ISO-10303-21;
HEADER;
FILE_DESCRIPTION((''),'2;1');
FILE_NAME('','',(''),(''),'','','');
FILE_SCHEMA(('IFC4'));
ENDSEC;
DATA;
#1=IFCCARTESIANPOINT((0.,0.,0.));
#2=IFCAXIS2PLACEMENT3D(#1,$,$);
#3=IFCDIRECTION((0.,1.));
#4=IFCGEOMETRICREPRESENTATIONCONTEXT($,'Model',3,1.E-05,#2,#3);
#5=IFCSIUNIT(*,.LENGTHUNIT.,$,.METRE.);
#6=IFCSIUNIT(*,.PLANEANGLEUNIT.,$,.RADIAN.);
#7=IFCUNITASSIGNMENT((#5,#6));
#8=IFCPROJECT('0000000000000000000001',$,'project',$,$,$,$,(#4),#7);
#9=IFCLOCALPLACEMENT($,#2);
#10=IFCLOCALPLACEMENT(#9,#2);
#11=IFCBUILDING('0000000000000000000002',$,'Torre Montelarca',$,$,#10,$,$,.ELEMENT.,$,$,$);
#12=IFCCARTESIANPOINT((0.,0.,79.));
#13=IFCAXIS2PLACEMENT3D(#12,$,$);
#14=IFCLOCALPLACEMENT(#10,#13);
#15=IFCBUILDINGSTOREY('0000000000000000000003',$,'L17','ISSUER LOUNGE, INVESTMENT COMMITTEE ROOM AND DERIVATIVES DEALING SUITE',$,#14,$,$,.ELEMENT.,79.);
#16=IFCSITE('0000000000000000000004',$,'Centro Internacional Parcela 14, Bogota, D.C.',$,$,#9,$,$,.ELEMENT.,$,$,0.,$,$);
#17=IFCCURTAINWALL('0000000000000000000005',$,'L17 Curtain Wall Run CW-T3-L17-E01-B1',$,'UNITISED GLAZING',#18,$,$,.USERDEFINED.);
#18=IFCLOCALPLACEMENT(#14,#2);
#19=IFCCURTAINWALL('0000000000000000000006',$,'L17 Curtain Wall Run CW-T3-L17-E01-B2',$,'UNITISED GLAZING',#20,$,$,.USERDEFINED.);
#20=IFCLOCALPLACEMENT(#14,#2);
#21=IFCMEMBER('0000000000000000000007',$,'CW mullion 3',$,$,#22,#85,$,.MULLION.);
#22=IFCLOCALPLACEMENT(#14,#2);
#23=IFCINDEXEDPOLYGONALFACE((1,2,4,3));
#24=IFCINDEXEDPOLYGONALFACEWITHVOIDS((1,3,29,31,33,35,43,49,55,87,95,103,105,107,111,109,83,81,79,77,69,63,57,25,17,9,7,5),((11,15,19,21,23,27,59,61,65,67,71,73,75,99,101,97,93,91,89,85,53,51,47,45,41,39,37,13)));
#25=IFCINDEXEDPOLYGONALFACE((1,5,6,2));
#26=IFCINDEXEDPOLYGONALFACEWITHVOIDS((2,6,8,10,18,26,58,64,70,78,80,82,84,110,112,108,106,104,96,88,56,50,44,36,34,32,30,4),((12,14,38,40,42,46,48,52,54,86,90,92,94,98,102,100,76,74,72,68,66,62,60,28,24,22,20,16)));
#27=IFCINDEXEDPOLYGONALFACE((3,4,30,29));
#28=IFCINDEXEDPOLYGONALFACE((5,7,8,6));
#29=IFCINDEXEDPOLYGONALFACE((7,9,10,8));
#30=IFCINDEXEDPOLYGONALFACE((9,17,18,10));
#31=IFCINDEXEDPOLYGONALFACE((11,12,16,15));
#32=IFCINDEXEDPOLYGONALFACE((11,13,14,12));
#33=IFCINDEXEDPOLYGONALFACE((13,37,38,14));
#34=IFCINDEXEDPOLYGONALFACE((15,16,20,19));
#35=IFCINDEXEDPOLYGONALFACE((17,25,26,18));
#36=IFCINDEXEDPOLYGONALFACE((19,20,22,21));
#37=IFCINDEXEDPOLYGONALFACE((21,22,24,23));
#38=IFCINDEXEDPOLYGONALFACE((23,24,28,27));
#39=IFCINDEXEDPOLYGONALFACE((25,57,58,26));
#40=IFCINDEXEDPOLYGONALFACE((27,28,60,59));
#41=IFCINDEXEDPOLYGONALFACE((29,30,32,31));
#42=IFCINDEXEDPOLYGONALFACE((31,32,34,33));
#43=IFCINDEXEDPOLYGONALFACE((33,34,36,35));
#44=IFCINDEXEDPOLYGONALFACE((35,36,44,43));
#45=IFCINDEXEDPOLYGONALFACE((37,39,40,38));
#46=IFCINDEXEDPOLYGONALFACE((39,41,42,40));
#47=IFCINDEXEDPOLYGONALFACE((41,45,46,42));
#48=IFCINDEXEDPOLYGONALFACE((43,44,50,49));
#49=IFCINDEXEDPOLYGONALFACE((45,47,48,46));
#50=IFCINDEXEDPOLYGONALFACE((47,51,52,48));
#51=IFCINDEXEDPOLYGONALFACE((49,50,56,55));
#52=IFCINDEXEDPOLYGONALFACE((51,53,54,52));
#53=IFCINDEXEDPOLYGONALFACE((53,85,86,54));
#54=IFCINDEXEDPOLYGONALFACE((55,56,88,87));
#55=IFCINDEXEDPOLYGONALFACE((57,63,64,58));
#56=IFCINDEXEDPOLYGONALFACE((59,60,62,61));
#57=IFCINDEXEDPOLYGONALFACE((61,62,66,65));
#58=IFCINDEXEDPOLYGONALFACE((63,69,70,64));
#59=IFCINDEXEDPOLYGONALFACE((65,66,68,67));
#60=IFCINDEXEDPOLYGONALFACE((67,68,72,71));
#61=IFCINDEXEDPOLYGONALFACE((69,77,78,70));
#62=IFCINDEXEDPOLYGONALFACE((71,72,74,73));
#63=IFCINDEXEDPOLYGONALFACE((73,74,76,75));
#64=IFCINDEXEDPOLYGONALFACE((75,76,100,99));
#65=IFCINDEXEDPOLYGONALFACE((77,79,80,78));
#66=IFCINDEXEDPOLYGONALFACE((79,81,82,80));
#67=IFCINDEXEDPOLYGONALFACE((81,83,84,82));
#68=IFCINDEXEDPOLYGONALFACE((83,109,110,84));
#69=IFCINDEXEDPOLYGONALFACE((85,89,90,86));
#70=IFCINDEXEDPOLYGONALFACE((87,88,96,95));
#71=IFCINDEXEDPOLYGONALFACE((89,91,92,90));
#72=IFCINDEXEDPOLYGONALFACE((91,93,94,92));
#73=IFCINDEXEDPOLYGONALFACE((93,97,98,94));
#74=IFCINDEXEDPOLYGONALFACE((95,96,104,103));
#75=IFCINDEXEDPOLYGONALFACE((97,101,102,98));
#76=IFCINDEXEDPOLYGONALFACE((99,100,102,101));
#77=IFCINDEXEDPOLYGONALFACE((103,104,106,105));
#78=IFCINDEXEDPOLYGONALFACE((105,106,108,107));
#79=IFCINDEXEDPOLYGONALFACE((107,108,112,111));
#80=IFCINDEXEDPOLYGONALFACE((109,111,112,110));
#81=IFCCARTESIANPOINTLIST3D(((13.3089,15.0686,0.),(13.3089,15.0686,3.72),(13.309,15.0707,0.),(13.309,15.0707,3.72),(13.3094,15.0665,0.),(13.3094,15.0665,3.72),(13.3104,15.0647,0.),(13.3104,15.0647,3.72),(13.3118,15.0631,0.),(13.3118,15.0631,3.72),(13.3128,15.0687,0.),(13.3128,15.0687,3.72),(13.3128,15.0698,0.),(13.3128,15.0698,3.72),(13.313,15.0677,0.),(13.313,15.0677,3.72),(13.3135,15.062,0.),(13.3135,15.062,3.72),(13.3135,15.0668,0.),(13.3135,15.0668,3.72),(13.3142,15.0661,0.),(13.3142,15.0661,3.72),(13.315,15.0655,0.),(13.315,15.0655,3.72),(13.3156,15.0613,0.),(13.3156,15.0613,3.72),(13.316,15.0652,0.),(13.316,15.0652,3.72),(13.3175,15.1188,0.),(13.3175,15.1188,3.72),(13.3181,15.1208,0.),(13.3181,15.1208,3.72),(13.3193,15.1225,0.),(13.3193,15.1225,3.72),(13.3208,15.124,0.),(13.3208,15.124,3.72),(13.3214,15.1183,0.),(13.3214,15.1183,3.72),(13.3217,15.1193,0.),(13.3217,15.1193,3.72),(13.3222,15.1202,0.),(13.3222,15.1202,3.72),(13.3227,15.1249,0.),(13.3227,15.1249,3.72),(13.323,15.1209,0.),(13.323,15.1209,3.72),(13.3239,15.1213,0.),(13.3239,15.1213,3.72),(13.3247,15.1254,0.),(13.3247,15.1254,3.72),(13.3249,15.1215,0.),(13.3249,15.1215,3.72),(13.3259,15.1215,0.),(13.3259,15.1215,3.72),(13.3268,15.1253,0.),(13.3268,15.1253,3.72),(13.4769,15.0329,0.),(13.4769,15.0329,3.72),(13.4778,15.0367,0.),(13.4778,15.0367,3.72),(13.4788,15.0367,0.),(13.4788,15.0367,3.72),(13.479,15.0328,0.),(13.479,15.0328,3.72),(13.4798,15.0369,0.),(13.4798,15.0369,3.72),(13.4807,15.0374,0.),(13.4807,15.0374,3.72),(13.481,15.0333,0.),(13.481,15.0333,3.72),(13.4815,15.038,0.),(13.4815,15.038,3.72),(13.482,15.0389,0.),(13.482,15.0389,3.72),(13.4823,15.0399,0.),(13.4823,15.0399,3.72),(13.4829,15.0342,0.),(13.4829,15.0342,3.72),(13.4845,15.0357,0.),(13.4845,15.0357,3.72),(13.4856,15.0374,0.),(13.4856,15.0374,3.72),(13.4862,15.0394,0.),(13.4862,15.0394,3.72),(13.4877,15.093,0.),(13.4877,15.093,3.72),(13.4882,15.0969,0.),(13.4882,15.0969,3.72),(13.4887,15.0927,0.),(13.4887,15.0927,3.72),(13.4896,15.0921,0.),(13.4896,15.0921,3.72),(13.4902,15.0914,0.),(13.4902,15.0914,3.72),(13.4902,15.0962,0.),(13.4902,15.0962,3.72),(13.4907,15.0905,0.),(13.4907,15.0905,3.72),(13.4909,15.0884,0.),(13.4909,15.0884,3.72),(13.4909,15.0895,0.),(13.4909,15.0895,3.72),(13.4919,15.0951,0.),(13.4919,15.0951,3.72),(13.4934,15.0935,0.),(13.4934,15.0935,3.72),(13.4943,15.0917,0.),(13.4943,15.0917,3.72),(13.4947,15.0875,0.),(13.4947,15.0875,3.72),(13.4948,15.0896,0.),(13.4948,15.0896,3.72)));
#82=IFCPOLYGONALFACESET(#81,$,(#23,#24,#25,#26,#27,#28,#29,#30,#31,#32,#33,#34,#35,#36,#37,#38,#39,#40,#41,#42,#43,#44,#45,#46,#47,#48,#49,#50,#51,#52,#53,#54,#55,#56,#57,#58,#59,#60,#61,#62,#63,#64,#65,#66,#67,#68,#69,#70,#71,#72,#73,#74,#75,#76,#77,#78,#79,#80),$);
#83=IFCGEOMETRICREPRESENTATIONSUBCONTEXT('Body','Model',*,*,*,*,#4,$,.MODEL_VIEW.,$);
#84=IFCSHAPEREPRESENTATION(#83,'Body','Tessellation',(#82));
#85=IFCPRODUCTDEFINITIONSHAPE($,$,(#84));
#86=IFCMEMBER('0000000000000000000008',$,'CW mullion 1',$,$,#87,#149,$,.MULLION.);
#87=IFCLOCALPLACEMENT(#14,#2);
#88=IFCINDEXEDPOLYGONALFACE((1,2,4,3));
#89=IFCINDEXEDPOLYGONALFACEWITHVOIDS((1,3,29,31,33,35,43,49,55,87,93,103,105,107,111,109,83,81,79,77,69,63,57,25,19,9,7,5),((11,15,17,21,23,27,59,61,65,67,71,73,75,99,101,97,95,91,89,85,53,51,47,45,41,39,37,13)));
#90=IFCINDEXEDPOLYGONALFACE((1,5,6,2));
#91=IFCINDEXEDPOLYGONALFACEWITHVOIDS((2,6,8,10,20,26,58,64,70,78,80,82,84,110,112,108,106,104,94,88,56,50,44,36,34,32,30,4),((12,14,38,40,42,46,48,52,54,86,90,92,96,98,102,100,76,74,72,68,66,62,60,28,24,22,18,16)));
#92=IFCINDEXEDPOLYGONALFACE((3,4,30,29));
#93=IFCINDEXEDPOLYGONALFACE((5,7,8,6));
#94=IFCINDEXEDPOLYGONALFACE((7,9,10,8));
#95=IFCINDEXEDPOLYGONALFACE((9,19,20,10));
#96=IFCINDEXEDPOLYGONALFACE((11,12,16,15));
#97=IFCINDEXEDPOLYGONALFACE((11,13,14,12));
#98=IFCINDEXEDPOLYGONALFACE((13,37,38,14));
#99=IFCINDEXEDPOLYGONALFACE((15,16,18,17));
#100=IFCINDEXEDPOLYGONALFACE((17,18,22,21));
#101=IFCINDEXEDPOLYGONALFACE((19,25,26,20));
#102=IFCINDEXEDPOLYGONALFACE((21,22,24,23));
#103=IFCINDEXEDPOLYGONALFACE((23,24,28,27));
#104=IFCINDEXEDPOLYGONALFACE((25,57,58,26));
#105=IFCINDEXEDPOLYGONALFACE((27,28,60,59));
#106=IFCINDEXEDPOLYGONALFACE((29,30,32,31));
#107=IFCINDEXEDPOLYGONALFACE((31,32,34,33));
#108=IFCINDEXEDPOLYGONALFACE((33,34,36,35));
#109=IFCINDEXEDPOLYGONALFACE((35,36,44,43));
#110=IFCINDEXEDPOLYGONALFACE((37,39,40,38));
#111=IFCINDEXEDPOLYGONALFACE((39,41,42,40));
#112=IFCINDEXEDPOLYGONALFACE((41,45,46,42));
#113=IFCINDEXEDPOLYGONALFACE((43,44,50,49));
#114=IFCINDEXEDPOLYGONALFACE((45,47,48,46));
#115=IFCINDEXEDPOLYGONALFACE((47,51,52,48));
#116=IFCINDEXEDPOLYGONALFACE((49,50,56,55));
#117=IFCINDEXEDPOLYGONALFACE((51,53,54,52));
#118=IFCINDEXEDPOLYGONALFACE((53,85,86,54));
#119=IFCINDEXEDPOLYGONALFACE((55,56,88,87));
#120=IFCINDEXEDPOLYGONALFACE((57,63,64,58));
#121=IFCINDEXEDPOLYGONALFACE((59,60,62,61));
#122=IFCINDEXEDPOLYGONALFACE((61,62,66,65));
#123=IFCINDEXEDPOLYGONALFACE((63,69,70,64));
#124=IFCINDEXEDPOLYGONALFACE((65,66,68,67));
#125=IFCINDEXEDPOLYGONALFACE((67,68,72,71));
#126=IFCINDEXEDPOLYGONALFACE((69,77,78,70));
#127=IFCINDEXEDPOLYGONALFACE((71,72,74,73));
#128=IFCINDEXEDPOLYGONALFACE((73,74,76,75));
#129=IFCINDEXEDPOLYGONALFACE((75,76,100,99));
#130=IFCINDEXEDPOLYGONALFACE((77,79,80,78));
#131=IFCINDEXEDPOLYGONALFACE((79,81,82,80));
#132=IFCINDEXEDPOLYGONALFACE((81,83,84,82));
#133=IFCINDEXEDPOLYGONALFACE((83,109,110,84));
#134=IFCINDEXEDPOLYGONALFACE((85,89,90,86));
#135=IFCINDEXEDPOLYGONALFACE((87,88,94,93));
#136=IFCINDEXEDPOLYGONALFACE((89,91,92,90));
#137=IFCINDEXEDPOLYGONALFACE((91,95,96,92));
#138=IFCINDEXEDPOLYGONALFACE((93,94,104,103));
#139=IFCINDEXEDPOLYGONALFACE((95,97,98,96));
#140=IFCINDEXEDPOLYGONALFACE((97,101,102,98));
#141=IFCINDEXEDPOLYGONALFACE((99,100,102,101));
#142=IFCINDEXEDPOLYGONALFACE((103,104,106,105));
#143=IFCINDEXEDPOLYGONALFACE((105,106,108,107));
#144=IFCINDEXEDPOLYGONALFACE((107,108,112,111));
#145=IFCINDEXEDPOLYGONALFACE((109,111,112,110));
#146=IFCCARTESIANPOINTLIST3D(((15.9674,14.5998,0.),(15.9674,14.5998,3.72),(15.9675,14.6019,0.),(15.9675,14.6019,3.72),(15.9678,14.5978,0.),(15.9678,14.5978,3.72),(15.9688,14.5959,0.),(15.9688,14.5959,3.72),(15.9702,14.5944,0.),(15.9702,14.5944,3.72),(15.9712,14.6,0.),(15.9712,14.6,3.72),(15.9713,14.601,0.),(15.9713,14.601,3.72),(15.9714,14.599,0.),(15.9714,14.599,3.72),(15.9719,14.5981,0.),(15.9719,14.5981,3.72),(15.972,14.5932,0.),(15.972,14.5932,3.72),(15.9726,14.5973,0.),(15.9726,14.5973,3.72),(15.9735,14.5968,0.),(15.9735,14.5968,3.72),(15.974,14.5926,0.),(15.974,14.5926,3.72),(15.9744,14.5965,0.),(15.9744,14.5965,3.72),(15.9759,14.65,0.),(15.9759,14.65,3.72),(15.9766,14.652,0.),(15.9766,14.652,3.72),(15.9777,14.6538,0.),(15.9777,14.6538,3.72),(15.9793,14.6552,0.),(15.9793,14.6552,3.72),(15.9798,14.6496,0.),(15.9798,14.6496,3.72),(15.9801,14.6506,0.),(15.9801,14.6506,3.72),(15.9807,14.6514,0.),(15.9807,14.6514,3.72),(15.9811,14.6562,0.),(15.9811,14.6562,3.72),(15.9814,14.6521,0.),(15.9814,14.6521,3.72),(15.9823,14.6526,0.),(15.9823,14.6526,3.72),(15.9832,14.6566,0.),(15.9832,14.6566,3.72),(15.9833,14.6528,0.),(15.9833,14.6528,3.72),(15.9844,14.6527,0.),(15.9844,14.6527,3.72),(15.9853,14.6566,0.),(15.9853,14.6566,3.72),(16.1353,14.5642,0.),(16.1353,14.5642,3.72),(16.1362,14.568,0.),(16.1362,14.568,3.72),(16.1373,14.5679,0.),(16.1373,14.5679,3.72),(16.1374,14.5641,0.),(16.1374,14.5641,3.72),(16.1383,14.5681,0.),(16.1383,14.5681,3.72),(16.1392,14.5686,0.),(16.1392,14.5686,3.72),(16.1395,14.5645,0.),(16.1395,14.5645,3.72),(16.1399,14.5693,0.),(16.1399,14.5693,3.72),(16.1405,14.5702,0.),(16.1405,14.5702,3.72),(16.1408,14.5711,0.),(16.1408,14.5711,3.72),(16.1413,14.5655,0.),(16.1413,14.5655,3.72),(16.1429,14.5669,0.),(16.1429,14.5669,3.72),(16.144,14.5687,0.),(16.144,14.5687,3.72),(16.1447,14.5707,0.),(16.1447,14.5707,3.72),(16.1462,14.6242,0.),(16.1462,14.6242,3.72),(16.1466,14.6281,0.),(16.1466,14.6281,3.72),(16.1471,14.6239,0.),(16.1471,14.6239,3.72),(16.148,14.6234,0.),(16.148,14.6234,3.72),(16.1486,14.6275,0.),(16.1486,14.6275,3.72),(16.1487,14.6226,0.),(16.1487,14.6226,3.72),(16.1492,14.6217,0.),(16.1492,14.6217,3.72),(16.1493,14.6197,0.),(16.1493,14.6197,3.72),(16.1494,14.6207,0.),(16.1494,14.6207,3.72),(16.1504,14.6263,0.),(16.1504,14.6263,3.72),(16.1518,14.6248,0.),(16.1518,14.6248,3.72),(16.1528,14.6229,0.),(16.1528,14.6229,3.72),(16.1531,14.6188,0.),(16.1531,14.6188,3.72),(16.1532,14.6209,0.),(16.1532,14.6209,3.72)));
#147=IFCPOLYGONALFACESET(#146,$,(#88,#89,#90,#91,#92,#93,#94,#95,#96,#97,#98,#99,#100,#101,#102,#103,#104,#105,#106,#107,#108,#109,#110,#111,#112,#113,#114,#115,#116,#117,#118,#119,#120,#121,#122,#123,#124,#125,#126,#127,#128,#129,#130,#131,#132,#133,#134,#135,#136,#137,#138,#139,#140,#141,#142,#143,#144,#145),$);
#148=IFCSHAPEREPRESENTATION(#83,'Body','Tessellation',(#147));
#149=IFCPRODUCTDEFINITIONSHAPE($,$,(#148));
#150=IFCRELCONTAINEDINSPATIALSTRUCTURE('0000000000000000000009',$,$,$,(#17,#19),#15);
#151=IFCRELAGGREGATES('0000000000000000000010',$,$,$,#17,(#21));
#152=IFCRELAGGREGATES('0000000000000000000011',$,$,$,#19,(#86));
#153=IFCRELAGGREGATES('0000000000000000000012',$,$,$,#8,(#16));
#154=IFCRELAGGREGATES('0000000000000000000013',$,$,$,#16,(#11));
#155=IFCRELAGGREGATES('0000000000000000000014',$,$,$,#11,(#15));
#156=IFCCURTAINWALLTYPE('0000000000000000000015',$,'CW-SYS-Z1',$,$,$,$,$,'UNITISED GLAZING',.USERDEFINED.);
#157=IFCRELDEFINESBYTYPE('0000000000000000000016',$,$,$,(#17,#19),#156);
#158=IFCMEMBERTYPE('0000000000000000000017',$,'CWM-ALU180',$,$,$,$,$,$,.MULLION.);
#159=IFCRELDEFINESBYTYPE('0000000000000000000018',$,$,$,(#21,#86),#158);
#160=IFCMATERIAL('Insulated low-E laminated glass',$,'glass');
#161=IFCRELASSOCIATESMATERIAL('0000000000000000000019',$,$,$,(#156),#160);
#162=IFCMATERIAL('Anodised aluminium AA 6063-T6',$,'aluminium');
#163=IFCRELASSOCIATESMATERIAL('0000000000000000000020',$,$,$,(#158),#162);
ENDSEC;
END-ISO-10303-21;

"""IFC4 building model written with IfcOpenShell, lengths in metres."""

from ifc_helpers import new_model, si_unit, direction, frame, origin, origin_2d, place, context, subcontext, project, spatial, hollow_rectangle, extrude, source, transform, mapped, material, material_profile, profile_set, type_object, element, aggregate, save


model = new_model("IFC4")

# Units and contexts
model_context = context("Model", 3, precision=1e-05, world=origin(), true_north=direction((0.0, 1.0)))
body_context = subcontext(model_context, "Body", "Model", "MODEL_VIEW")
ifc_project = project(units=[si_unit("LENGTHUNIT", "METRE"), si_unit("PLANEANGLEUNIT", "RADIAN")], contexts=[model_context])

# Site, building, storey
site_placement = place(None, origin())
site = spatial("IfcSite", under=ifc_project, at=site_placement, Name="Centro Internacional Parcela 14, Bogota, D.C.", CompositionType="ELEMENT", RefElevation=0.0)
building_placement = place(site_placement, origin())
building = spatial("IfcBuilding", under=site, at=building_placement, Name="Torre Montelarca", CompositionType="ELEMENT")
storey_placement = place(building_placement, frame((0.0, 0.0, 79.0)))
storey = spatial("IfcBuildingStorey", under=building, at=storey_placement, Name="L17", Description="ISSUER LOUNGE, INVESTMENT COMMITTEE ROOM AND DERIVATIVES DEALING SUITE", CompositionType="ELEMENT", Elevation=79.0)

# Curtain walls
ifc_material_1 = material(Name="Insulated low-E laminated glass", Category="glass")
curtain_wall_type = type_object("IfcCurtainWallType", Name="CW-SYS-Z1", ElementType="UNITISED GLAZING", PredefinedType="USERDEFINED", material=ifc_material_1)
curtain_wall_1_placement = place(storey_placement, origin())
curtain_wall_1 = element("IfcCurtainWall", 1, at=curtain_wall_1_placement, inside=storey, type_object=curtain_wall_type, Name="L17 Curtain Wall Run CW-T3-L17-E01-B1", ObjectType="UNITISED GLAZING", PredefinedType="USERDEFINED")
ifc_material_2 = material(Name="Anodised aluminium AA 6063-T6", Category="aluminium")
curtain_wall_2_placement = place(storey_placement, origin())
curtain_wall_2 = element("IfcCurtainWall", 2, at=curtain_wall_2_placement, inside=storey, type_object=curtain_wall_type, Name="L17 Curtain Wall Run CW-T3-L17-E01-B2", ObjectType="UNITISED GLAZING", PredefinedType="USERDEFINED")

# Members
ifc_material_profile_1 = material_profile(ifc_material_2, hollow_rectangle(XDim=0.0649, YDim=0.1799, WallThickness=0.0039, InnerFilletRadius=0.0039, OuterFilletRadius=0.0081, at=origin_2d()), Name="ALU65X180X4", Category="aluminium")
ifc_profile_set_1 = profile_set([ifc_material_profile_1], Name="Anodised aluminium AA 6063-T6")
member_type_1 = type_object("IfcMemberType", Name="CWM-ALU180", PredefinedType="MULLION", material=ifc_profile_set_1)
shared_shape_1 = source(origin(), body_context, "Body", "SweptSolid", [
    extrude(hollow_rectangle(XDim=0.0649, YDim=0.1799, WallThickness=0.0039, InnerFilletRadius=0.0039, OuterFilletRadius=0.0081, at=origin_2d()), origin(), (0.0, 0.0, 1.0), 3.72),
])
member_1_placement = place(storey_placement, frame((13.4019, 15.0791, 0.0), z_axis=(0.0, 0.0, 1.0), x_axis=(0.173654, 0.984807, 0.0)))
member_1 = element("IfcMember", 3, at=member_1_placement, type_object=member_type_1, Name="CW mullion 3", PredefinedType="MULLION", context=body_context, shape_type="MappedRepresentation", body=[
    mapped(shared_shape_1, transform((0.0, 0.0, 0.0), scale=1.0)),
])
member_2_placement = place(storey_placement, frame((16.0603, 14.6104, 0.0), z_axis=(0.0, 0.0, 1.0), x_axis=(0.173649, 0.984808, 0.0)))
member_2 = element("IfcMember", 4, at=member_2_placement, type_object=member_type_1, Name="CW mullion 1", PredefinedType="MULLION", context=body_context, shape_type="MappedRepresentation", body=[
    mapped(shared_shape_1, transform((0.0, 0.0, 0.0), scale=1.0)),
])

aggregate(curtain_wall_1, [member_1])
aggregate(curtain_wall_2, [member_2])

save(model, "model.ifc")
